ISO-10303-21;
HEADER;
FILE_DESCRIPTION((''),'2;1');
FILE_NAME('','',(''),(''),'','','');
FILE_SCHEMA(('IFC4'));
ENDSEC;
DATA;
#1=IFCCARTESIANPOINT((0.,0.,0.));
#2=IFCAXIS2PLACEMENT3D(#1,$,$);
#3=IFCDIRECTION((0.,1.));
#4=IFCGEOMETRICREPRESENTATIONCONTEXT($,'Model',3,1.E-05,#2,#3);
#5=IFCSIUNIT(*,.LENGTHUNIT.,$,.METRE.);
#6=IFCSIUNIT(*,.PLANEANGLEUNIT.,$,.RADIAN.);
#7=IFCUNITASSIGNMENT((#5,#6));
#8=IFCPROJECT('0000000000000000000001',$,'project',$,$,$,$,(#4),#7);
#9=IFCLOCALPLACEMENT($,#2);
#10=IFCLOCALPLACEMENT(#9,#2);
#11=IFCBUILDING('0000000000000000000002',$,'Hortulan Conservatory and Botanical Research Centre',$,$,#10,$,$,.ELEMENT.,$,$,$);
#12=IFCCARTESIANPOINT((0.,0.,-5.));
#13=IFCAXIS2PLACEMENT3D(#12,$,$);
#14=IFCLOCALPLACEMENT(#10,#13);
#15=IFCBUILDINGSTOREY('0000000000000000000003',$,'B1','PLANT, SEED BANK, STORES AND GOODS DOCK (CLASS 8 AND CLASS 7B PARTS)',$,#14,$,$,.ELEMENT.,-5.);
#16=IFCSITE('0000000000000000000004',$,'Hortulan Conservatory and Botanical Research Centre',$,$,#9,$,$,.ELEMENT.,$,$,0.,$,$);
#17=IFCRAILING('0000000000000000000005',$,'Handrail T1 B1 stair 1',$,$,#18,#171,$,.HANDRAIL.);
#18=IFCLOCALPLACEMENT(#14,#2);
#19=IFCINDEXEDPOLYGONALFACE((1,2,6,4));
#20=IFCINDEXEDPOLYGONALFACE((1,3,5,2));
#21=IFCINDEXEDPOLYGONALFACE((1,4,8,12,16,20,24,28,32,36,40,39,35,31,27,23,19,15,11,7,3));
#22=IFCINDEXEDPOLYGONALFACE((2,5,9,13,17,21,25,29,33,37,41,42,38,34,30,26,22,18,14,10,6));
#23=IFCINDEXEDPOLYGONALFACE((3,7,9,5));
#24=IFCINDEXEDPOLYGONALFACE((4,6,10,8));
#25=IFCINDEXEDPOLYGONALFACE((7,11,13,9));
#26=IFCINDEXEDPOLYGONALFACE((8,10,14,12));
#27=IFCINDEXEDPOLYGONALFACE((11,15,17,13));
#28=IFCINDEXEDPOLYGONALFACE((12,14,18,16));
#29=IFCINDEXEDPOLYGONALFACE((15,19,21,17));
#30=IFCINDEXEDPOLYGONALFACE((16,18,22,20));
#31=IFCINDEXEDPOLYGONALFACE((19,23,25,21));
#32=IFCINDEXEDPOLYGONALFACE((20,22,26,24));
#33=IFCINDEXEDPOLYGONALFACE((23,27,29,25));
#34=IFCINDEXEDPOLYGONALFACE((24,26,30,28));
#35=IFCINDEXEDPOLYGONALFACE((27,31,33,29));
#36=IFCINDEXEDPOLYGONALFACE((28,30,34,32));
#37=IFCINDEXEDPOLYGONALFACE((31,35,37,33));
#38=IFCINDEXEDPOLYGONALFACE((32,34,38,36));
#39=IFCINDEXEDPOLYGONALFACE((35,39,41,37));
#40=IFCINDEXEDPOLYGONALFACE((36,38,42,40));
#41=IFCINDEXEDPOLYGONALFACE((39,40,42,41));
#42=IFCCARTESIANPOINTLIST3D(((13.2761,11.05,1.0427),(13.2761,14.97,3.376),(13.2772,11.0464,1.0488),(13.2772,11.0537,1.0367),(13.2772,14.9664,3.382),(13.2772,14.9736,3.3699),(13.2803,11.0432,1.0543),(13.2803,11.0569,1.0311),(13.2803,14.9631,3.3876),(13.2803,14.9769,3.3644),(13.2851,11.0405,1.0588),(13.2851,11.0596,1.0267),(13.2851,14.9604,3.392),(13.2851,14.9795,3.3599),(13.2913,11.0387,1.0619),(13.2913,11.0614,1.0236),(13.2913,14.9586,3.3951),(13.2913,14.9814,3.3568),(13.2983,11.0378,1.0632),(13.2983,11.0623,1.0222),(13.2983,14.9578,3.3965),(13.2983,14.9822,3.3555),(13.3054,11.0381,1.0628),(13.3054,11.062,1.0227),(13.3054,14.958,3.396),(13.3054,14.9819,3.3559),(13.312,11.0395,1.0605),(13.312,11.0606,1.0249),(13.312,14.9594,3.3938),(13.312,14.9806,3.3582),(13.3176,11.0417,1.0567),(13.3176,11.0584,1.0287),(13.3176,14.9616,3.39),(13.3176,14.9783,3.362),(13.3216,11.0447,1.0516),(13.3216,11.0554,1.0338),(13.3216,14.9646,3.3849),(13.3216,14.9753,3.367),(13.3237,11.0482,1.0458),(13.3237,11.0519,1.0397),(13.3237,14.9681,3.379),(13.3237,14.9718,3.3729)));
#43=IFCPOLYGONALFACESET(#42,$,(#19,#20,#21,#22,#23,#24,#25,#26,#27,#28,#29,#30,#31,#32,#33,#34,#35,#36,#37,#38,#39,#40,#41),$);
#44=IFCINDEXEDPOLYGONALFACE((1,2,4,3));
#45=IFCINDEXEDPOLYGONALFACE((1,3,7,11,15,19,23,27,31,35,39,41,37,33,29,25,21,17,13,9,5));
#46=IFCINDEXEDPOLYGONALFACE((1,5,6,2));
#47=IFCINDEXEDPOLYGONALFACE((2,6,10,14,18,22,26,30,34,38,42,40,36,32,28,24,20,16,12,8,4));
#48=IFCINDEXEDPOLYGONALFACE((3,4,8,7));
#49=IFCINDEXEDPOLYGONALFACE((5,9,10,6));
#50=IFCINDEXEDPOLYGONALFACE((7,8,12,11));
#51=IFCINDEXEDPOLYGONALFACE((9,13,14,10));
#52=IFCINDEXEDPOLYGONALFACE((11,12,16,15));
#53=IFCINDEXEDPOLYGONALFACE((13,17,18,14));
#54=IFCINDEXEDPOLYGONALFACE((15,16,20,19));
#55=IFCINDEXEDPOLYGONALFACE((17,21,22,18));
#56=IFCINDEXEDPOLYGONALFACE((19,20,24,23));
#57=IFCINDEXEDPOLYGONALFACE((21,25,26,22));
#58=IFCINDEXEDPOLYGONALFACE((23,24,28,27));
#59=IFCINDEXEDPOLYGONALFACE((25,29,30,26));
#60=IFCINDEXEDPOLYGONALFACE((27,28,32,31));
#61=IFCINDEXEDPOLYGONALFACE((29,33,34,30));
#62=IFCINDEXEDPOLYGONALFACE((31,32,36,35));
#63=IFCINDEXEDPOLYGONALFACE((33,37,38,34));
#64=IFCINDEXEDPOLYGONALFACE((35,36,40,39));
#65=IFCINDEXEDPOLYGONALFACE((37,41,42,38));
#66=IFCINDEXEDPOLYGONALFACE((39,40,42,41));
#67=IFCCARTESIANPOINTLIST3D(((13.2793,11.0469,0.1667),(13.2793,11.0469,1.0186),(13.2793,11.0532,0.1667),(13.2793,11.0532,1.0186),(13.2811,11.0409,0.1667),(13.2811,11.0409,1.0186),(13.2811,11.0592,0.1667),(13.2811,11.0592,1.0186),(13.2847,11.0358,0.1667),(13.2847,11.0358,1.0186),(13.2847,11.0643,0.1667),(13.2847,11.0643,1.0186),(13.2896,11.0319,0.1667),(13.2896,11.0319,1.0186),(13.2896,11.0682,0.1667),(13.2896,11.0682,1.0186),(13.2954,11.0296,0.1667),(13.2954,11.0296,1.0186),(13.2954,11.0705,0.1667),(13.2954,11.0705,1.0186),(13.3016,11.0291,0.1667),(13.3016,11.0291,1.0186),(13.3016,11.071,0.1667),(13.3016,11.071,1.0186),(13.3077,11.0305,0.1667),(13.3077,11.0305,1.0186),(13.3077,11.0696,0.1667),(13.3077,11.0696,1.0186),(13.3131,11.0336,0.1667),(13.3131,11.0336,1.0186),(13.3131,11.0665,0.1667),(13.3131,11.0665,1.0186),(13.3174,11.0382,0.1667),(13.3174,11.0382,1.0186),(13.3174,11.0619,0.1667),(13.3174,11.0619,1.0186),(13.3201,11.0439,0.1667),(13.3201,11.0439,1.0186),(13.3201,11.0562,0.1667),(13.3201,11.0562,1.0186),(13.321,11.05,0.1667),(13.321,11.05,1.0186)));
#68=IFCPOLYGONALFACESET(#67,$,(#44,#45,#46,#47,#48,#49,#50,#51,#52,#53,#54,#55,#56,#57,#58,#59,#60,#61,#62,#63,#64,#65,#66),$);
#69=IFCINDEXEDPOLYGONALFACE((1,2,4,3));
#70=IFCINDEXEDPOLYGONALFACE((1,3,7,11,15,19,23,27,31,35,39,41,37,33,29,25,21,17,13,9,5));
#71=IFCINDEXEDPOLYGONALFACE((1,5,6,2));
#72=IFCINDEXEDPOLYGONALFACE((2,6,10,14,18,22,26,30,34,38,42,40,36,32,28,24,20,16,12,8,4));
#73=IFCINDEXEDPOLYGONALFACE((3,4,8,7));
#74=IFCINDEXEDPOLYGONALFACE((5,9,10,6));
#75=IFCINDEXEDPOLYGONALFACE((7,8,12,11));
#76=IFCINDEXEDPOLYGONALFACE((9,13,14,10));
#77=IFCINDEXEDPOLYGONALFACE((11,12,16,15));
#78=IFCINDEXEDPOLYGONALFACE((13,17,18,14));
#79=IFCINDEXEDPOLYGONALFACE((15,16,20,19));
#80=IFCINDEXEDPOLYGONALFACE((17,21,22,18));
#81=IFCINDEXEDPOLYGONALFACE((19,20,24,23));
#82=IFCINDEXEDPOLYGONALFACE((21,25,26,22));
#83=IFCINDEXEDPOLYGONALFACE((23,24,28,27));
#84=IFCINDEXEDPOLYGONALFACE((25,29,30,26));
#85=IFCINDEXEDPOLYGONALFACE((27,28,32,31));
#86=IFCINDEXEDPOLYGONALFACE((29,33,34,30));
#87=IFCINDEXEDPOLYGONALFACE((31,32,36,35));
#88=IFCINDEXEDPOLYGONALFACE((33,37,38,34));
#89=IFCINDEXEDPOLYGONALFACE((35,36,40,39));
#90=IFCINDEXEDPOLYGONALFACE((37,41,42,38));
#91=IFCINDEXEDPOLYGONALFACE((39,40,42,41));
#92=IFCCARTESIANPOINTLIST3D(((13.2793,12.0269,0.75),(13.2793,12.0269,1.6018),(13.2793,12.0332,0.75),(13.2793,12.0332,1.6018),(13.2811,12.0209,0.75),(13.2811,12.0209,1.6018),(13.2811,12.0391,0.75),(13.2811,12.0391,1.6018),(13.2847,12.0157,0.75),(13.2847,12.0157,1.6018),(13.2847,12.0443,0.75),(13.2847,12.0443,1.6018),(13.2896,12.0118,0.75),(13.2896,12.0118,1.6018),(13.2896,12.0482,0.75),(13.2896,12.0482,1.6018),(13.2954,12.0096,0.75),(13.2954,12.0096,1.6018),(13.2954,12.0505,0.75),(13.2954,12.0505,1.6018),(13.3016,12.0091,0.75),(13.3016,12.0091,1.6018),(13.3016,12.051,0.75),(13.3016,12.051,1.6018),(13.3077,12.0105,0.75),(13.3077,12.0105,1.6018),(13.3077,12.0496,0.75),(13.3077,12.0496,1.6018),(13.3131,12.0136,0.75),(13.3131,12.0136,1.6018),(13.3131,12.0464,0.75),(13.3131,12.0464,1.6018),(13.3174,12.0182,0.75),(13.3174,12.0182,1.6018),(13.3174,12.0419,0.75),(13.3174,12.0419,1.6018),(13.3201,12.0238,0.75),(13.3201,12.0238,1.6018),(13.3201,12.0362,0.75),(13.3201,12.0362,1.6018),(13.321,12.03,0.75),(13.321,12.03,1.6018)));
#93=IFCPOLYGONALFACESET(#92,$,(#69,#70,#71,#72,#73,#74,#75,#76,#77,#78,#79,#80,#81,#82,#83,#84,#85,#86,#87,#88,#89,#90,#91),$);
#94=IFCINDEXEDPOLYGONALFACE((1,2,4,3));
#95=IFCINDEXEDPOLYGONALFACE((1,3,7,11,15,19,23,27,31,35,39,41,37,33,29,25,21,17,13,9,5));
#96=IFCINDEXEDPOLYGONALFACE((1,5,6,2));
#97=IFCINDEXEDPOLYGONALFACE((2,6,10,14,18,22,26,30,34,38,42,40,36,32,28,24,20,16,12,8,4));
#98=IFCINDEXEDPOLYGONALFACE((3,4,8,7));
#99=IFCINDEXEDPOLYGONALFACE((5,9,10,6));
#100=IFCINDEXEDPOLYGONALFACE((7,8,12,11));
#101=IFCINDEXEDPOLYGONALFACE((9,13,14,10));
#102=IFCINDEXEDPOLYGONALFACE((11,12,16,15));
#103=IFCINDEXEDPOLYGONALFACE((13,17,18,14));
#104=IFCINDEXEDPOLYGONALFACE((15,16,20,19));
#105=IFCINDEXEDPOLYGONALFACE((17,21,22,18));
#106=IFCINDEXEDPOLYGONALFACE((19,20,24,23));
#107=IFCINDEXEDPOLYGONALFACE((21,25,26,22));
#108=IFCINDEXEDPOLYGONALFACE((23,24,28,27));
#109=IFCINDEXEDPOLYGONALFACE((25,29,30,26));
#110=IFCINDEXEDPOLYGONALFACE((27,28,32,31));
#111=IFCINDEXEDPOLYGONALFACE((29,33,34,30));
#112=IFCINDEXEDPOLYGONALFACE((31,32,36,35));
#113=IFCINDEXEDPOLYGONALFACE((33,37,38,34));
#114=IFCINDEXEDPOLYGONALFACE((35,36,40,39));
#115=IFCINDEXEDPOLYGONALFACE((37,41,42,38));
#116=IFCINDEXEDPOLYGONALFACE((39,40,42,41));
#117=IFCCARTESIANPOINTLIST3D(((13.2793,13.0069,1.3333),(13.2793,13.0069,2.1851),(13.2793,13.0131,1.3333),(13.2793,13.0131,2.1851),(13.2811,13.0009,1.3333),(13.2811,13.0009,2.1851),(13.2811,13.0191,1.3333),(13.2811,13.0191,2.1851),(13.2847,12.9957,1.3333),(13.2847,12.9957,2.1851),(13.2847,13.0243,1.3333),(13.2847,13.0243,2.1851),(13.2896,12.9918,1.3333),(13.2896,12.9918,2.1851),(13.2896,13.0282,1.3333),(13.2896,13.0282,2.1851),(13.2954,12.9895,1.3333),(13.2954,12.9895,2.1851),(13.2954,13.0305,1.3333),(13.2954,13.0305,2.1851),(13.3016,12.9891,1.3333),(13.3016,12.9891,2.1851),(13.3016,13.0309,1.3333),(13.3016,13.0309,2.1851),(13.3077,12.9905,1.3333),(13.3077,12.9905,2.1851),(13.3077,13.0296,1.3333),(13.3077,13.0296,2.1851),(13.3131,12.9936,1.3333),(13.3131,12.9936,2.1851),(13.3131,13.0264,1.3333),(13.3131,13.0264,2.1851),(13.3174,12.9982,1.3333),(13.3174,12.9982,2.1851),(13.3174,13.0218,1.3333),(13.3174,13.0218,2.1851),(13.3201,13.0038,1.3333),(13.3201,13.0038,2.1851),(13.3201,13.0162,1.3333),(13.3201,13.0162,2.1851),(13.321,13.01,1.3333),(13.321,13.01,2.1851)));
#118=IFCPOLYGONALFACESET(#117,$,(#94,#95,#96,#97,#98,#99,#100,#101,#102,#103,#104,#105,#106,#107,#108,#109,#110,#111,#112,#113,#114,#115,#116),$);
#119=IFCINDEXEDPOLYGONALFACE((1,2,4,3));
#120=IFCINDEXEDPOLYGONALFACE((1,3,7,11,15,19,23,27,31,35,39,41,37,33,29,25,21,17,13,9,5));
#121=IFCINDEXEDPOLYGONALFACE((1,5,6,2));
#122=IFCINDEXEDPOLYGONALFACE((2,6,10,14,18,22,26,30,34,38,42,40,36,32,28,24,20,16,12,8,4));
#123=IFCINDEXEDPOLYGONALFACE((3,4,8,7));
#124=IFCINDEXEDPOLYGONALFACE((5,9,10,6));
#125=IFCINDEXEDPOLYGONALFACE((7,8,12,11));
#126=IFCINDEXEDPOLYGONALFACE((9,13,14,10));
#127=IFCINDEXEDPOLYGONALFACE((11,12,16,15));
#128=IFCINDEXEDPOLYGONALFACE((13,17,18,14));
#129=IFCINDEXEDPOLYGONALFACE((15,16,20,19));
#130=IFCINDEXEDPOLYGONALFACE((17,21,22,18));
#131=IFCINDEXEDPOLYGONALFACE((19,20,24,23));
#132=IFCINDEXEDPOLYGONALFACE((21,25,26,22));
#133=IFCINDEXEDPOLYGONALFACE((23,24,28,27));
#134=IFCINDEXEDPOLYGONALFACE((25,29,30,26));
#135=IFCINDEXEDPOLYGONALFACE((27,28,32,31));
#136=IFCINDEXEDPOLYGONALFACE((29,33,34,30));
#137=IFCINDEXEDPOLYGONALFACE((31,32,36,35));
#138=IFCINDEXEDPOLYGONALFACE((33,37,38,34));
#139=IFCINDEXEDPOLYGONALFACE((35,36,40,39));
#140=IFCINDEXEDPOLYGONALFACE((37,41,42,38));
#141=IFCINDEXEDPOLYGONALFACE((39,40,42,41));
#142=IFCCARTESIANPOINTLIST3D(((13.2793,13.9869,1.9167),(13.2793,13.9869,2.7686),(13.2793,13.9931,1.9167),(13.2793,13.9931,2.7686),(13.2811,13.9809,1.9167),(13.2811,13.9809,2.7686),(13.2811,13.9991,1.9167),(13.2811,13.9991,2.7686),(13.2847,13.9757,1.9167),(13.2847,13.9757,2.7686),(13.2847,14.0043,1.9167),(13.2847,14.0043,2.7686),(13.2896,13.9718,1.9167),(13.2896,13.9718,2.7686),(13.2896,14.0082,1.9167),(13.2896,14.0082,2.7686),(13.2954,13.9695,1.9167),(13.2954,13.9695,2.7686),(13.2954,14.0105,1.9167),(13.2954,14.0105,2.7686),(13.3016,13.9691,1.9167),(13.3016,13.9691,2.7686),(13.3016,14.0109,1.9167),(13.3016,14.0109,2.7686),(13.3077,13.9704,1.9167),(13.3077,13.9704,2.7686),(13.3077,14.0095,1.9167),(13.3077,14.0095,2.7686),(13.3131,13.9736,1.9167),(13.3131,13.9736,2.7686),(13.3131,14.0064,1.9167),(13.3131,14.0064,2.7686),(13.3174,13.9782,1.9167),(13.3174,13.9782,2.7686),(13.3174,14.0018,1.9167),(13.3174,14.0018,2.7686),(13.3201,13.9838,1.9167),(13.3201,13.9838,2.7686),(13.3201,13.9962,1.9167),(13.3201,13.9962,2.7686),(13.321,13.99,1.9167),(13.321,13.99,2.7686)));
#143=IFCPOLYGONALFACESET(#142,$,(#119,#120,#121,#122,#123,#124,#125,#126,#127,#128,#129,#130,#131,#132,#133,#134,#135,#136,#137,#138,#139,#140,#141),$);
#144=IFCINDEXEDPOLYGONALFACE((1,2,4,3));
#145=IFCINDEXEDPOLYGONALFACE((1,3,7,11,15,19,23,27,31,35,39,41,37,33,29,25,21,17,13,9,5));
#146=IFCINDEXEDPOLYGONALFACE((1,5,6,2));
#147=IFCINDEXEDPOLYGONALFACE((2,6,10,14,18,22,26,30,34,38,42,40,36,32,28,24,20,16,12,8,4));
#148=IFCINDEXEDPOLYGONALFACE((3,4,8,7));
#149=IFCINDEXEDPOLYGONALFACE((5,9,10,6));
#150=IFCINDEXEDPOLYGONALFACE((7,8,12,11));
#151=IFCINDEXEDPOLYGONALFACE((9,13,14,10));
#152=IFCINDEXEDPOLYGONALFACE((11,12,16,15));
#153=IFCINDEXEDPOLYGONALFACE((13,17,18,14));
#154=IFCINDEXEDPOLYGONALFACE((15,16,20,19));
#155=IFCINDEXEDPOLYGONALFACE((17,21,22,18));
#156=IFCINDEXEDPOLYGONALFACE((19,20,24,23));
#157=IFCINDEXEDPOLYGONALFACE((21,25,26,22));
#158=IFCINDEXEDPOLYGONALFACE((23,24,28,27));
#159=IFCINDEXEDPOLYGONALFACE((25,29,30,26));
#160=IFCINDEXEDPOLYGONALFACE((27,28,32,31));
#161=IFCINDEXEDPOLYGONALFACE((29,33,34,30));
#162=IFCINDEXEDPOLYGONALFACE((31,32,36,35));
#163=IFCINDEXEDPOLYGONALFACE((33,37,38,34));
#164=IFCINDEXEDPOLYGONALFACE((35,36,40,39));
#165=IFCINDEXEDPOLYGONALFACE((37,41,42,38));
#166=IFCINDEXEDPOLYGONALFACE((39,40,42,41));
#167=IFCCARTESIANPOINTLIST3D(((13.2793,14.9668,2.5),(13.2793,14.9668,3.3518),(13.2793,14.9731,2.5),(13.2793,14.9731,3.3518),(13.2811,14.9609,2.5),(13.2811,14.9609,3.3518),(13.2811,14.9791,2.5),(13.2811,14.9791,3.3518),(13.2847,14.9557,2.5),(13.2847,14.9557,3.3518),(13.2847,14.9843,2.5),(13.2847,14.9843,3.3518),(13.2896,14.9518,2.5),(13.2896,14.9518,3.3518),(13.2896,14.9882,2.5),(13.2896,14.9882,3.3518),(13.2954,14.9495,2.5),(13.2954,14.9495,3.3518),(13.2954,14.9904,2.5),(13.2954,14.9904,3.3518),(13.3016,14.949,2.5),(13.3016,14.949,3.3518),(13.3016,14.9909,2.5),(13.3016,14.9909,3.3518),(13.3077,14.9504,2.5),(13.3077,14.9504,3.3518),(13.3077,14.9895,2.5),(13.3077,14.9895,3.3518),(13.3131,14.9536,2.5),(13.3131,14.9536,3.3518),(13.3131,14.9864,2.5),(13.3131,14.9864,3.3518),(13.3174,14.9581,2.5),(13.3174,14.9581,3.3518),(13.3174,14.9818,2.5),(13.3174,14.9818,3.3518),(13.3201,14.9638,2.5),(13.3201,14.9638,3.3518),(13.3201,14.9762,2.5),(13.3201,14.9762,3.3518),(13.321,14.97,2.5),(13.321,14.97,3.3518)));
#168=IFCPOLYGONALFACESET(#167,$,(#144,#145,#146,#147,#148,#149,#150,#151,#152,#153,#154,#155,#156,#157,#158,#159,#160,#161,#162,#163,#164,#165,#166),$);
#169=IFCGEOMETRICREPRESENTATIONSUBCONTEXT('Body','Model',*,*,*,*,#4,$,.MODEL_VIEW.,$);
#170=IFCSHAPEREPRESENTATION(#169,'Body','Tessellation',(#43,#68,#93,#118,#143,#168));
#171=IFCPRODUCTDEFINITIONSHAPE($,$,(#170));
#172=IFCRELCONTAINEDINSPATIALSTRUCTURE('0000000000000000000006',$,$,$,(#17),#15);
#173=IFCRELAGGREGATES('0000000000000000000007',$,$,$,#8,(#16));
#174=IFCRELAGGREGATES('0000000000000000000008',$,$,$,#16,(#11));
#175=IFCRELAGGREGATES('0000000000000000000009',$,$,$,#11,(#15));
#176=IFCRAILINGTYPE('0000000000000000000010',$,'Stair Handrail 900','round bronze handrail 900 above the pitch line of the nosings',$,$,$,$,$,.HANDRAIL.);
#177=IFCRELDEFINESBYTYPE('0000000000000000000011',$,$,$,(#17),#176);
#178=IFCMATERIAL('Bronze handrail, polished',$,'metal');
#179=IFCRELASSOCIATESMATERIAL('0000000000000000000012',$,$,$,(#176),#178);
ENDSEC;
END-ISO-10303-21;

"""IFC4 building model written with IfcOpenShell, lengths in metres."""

from ifc_helpers import new_model, si_unit, direction, frame, origin, origin_2d, place, context, subcontext, project, spatial, circle, extrude, material, type_object, element, save


model = new_model("IFC4")

# Units and contexts
model_context = context("Model", 3, precision=1e-05, world=origin(), true_north=direction((0.0, 1.0)))
body_context = subcontext(model_context, "Body", "Model", "MODEL_VIEW")
ifc_project = project(units=[si_unit("LENGTHUNIT", "METRE"), si_unit("PLANEANGLEUNIT", "RADIAN")], contexts=[model_context])

# Site, building, storey
site_placement = place(None, origin())
site = spatial("IfcSite", under=ifc_project, at=site_placement, Name="Hortulan Conservatory and Botanical Research Centre", CompositionType="ELEMENT", RefElevation=0.0)
building_placement = place(site_placement, origin())
building = spatial("IfcBuilding", under=site, at=building_placement, Name="Hortulan Conservatory and Botanical Research Centre", CompositionType="ELEMENT")
storey_placement = place(building_placement, frame((0.0, 0.0, -5.0)))
storey = spatial("IfcBuildingStorey", under=building, at=storey_placement, Name="B1", Description="PLANT, SEED BANK, STORES AND GOODS DOCK (CLASS 8 AND CLASS 7B PARTS)", CompositionType="ELEMENT", Elevation=-5.0)

# Railing
ifc_material_1 = material(Name="Bronze handrail, polished", Category="metal")
railing_type_1 = type_object("IfcRailingType", Name="Stair Handrail 900", Description="round bronze handrail 900 above the pitch line of the nosings", PredefinedType="HANDRAIL", material=ifc_material_1)
railing_1_placement = place(storey_placement, frame((13.3, 11.05, 0.1667)))
element("IfcRailing", 1, at=railing_1_placement, inside=storey, type_object=railing_type_1, Name="Handrail T1 B1 stair 1", PredefinedType="HANDRAIL", context=body_context, shape_type="SweptSolid", body=[
    extrude(circle(Radius=0.0239, at=origin_2d()), frame((0.0, 0.0, 0.876), z_axis=(0.0, 0.859296, 0.511478), x_axis=(-1.0, 0.0, 0.0)), (0.0, 0.0, 1.0), 4.5618),
    extrude(circle(Radius=0.021, at=origin_2d()), origin(), (0.0, 0.0, 1.0), 0.8518),
    extrude(circle(Radius=0.021, at=origin_2d()), frame((0.0, 0.98, 0.5833)), (0.0, 0.0, 1.0), 0.8518),
    extrude(circle(Radius=0.021, at=origin_2d()), frame((0.0, 1.96, 1.1665)), (0.0, 0.0, 1.0), 0.8518),
    extrude(circle(Radius=0.021, at=origin_2d()), frame((0.0, 2.9399, 1.75)), (0.0, 0.0, 1.0), 0.8518),
    extrude(circle(Radius=0.021, at=origin_2d()), frame((0.0, 3.9199, 2.3333)), (0.0, 0.0, 1.0), 0.8518),
])

save(model, "model.ifc")
